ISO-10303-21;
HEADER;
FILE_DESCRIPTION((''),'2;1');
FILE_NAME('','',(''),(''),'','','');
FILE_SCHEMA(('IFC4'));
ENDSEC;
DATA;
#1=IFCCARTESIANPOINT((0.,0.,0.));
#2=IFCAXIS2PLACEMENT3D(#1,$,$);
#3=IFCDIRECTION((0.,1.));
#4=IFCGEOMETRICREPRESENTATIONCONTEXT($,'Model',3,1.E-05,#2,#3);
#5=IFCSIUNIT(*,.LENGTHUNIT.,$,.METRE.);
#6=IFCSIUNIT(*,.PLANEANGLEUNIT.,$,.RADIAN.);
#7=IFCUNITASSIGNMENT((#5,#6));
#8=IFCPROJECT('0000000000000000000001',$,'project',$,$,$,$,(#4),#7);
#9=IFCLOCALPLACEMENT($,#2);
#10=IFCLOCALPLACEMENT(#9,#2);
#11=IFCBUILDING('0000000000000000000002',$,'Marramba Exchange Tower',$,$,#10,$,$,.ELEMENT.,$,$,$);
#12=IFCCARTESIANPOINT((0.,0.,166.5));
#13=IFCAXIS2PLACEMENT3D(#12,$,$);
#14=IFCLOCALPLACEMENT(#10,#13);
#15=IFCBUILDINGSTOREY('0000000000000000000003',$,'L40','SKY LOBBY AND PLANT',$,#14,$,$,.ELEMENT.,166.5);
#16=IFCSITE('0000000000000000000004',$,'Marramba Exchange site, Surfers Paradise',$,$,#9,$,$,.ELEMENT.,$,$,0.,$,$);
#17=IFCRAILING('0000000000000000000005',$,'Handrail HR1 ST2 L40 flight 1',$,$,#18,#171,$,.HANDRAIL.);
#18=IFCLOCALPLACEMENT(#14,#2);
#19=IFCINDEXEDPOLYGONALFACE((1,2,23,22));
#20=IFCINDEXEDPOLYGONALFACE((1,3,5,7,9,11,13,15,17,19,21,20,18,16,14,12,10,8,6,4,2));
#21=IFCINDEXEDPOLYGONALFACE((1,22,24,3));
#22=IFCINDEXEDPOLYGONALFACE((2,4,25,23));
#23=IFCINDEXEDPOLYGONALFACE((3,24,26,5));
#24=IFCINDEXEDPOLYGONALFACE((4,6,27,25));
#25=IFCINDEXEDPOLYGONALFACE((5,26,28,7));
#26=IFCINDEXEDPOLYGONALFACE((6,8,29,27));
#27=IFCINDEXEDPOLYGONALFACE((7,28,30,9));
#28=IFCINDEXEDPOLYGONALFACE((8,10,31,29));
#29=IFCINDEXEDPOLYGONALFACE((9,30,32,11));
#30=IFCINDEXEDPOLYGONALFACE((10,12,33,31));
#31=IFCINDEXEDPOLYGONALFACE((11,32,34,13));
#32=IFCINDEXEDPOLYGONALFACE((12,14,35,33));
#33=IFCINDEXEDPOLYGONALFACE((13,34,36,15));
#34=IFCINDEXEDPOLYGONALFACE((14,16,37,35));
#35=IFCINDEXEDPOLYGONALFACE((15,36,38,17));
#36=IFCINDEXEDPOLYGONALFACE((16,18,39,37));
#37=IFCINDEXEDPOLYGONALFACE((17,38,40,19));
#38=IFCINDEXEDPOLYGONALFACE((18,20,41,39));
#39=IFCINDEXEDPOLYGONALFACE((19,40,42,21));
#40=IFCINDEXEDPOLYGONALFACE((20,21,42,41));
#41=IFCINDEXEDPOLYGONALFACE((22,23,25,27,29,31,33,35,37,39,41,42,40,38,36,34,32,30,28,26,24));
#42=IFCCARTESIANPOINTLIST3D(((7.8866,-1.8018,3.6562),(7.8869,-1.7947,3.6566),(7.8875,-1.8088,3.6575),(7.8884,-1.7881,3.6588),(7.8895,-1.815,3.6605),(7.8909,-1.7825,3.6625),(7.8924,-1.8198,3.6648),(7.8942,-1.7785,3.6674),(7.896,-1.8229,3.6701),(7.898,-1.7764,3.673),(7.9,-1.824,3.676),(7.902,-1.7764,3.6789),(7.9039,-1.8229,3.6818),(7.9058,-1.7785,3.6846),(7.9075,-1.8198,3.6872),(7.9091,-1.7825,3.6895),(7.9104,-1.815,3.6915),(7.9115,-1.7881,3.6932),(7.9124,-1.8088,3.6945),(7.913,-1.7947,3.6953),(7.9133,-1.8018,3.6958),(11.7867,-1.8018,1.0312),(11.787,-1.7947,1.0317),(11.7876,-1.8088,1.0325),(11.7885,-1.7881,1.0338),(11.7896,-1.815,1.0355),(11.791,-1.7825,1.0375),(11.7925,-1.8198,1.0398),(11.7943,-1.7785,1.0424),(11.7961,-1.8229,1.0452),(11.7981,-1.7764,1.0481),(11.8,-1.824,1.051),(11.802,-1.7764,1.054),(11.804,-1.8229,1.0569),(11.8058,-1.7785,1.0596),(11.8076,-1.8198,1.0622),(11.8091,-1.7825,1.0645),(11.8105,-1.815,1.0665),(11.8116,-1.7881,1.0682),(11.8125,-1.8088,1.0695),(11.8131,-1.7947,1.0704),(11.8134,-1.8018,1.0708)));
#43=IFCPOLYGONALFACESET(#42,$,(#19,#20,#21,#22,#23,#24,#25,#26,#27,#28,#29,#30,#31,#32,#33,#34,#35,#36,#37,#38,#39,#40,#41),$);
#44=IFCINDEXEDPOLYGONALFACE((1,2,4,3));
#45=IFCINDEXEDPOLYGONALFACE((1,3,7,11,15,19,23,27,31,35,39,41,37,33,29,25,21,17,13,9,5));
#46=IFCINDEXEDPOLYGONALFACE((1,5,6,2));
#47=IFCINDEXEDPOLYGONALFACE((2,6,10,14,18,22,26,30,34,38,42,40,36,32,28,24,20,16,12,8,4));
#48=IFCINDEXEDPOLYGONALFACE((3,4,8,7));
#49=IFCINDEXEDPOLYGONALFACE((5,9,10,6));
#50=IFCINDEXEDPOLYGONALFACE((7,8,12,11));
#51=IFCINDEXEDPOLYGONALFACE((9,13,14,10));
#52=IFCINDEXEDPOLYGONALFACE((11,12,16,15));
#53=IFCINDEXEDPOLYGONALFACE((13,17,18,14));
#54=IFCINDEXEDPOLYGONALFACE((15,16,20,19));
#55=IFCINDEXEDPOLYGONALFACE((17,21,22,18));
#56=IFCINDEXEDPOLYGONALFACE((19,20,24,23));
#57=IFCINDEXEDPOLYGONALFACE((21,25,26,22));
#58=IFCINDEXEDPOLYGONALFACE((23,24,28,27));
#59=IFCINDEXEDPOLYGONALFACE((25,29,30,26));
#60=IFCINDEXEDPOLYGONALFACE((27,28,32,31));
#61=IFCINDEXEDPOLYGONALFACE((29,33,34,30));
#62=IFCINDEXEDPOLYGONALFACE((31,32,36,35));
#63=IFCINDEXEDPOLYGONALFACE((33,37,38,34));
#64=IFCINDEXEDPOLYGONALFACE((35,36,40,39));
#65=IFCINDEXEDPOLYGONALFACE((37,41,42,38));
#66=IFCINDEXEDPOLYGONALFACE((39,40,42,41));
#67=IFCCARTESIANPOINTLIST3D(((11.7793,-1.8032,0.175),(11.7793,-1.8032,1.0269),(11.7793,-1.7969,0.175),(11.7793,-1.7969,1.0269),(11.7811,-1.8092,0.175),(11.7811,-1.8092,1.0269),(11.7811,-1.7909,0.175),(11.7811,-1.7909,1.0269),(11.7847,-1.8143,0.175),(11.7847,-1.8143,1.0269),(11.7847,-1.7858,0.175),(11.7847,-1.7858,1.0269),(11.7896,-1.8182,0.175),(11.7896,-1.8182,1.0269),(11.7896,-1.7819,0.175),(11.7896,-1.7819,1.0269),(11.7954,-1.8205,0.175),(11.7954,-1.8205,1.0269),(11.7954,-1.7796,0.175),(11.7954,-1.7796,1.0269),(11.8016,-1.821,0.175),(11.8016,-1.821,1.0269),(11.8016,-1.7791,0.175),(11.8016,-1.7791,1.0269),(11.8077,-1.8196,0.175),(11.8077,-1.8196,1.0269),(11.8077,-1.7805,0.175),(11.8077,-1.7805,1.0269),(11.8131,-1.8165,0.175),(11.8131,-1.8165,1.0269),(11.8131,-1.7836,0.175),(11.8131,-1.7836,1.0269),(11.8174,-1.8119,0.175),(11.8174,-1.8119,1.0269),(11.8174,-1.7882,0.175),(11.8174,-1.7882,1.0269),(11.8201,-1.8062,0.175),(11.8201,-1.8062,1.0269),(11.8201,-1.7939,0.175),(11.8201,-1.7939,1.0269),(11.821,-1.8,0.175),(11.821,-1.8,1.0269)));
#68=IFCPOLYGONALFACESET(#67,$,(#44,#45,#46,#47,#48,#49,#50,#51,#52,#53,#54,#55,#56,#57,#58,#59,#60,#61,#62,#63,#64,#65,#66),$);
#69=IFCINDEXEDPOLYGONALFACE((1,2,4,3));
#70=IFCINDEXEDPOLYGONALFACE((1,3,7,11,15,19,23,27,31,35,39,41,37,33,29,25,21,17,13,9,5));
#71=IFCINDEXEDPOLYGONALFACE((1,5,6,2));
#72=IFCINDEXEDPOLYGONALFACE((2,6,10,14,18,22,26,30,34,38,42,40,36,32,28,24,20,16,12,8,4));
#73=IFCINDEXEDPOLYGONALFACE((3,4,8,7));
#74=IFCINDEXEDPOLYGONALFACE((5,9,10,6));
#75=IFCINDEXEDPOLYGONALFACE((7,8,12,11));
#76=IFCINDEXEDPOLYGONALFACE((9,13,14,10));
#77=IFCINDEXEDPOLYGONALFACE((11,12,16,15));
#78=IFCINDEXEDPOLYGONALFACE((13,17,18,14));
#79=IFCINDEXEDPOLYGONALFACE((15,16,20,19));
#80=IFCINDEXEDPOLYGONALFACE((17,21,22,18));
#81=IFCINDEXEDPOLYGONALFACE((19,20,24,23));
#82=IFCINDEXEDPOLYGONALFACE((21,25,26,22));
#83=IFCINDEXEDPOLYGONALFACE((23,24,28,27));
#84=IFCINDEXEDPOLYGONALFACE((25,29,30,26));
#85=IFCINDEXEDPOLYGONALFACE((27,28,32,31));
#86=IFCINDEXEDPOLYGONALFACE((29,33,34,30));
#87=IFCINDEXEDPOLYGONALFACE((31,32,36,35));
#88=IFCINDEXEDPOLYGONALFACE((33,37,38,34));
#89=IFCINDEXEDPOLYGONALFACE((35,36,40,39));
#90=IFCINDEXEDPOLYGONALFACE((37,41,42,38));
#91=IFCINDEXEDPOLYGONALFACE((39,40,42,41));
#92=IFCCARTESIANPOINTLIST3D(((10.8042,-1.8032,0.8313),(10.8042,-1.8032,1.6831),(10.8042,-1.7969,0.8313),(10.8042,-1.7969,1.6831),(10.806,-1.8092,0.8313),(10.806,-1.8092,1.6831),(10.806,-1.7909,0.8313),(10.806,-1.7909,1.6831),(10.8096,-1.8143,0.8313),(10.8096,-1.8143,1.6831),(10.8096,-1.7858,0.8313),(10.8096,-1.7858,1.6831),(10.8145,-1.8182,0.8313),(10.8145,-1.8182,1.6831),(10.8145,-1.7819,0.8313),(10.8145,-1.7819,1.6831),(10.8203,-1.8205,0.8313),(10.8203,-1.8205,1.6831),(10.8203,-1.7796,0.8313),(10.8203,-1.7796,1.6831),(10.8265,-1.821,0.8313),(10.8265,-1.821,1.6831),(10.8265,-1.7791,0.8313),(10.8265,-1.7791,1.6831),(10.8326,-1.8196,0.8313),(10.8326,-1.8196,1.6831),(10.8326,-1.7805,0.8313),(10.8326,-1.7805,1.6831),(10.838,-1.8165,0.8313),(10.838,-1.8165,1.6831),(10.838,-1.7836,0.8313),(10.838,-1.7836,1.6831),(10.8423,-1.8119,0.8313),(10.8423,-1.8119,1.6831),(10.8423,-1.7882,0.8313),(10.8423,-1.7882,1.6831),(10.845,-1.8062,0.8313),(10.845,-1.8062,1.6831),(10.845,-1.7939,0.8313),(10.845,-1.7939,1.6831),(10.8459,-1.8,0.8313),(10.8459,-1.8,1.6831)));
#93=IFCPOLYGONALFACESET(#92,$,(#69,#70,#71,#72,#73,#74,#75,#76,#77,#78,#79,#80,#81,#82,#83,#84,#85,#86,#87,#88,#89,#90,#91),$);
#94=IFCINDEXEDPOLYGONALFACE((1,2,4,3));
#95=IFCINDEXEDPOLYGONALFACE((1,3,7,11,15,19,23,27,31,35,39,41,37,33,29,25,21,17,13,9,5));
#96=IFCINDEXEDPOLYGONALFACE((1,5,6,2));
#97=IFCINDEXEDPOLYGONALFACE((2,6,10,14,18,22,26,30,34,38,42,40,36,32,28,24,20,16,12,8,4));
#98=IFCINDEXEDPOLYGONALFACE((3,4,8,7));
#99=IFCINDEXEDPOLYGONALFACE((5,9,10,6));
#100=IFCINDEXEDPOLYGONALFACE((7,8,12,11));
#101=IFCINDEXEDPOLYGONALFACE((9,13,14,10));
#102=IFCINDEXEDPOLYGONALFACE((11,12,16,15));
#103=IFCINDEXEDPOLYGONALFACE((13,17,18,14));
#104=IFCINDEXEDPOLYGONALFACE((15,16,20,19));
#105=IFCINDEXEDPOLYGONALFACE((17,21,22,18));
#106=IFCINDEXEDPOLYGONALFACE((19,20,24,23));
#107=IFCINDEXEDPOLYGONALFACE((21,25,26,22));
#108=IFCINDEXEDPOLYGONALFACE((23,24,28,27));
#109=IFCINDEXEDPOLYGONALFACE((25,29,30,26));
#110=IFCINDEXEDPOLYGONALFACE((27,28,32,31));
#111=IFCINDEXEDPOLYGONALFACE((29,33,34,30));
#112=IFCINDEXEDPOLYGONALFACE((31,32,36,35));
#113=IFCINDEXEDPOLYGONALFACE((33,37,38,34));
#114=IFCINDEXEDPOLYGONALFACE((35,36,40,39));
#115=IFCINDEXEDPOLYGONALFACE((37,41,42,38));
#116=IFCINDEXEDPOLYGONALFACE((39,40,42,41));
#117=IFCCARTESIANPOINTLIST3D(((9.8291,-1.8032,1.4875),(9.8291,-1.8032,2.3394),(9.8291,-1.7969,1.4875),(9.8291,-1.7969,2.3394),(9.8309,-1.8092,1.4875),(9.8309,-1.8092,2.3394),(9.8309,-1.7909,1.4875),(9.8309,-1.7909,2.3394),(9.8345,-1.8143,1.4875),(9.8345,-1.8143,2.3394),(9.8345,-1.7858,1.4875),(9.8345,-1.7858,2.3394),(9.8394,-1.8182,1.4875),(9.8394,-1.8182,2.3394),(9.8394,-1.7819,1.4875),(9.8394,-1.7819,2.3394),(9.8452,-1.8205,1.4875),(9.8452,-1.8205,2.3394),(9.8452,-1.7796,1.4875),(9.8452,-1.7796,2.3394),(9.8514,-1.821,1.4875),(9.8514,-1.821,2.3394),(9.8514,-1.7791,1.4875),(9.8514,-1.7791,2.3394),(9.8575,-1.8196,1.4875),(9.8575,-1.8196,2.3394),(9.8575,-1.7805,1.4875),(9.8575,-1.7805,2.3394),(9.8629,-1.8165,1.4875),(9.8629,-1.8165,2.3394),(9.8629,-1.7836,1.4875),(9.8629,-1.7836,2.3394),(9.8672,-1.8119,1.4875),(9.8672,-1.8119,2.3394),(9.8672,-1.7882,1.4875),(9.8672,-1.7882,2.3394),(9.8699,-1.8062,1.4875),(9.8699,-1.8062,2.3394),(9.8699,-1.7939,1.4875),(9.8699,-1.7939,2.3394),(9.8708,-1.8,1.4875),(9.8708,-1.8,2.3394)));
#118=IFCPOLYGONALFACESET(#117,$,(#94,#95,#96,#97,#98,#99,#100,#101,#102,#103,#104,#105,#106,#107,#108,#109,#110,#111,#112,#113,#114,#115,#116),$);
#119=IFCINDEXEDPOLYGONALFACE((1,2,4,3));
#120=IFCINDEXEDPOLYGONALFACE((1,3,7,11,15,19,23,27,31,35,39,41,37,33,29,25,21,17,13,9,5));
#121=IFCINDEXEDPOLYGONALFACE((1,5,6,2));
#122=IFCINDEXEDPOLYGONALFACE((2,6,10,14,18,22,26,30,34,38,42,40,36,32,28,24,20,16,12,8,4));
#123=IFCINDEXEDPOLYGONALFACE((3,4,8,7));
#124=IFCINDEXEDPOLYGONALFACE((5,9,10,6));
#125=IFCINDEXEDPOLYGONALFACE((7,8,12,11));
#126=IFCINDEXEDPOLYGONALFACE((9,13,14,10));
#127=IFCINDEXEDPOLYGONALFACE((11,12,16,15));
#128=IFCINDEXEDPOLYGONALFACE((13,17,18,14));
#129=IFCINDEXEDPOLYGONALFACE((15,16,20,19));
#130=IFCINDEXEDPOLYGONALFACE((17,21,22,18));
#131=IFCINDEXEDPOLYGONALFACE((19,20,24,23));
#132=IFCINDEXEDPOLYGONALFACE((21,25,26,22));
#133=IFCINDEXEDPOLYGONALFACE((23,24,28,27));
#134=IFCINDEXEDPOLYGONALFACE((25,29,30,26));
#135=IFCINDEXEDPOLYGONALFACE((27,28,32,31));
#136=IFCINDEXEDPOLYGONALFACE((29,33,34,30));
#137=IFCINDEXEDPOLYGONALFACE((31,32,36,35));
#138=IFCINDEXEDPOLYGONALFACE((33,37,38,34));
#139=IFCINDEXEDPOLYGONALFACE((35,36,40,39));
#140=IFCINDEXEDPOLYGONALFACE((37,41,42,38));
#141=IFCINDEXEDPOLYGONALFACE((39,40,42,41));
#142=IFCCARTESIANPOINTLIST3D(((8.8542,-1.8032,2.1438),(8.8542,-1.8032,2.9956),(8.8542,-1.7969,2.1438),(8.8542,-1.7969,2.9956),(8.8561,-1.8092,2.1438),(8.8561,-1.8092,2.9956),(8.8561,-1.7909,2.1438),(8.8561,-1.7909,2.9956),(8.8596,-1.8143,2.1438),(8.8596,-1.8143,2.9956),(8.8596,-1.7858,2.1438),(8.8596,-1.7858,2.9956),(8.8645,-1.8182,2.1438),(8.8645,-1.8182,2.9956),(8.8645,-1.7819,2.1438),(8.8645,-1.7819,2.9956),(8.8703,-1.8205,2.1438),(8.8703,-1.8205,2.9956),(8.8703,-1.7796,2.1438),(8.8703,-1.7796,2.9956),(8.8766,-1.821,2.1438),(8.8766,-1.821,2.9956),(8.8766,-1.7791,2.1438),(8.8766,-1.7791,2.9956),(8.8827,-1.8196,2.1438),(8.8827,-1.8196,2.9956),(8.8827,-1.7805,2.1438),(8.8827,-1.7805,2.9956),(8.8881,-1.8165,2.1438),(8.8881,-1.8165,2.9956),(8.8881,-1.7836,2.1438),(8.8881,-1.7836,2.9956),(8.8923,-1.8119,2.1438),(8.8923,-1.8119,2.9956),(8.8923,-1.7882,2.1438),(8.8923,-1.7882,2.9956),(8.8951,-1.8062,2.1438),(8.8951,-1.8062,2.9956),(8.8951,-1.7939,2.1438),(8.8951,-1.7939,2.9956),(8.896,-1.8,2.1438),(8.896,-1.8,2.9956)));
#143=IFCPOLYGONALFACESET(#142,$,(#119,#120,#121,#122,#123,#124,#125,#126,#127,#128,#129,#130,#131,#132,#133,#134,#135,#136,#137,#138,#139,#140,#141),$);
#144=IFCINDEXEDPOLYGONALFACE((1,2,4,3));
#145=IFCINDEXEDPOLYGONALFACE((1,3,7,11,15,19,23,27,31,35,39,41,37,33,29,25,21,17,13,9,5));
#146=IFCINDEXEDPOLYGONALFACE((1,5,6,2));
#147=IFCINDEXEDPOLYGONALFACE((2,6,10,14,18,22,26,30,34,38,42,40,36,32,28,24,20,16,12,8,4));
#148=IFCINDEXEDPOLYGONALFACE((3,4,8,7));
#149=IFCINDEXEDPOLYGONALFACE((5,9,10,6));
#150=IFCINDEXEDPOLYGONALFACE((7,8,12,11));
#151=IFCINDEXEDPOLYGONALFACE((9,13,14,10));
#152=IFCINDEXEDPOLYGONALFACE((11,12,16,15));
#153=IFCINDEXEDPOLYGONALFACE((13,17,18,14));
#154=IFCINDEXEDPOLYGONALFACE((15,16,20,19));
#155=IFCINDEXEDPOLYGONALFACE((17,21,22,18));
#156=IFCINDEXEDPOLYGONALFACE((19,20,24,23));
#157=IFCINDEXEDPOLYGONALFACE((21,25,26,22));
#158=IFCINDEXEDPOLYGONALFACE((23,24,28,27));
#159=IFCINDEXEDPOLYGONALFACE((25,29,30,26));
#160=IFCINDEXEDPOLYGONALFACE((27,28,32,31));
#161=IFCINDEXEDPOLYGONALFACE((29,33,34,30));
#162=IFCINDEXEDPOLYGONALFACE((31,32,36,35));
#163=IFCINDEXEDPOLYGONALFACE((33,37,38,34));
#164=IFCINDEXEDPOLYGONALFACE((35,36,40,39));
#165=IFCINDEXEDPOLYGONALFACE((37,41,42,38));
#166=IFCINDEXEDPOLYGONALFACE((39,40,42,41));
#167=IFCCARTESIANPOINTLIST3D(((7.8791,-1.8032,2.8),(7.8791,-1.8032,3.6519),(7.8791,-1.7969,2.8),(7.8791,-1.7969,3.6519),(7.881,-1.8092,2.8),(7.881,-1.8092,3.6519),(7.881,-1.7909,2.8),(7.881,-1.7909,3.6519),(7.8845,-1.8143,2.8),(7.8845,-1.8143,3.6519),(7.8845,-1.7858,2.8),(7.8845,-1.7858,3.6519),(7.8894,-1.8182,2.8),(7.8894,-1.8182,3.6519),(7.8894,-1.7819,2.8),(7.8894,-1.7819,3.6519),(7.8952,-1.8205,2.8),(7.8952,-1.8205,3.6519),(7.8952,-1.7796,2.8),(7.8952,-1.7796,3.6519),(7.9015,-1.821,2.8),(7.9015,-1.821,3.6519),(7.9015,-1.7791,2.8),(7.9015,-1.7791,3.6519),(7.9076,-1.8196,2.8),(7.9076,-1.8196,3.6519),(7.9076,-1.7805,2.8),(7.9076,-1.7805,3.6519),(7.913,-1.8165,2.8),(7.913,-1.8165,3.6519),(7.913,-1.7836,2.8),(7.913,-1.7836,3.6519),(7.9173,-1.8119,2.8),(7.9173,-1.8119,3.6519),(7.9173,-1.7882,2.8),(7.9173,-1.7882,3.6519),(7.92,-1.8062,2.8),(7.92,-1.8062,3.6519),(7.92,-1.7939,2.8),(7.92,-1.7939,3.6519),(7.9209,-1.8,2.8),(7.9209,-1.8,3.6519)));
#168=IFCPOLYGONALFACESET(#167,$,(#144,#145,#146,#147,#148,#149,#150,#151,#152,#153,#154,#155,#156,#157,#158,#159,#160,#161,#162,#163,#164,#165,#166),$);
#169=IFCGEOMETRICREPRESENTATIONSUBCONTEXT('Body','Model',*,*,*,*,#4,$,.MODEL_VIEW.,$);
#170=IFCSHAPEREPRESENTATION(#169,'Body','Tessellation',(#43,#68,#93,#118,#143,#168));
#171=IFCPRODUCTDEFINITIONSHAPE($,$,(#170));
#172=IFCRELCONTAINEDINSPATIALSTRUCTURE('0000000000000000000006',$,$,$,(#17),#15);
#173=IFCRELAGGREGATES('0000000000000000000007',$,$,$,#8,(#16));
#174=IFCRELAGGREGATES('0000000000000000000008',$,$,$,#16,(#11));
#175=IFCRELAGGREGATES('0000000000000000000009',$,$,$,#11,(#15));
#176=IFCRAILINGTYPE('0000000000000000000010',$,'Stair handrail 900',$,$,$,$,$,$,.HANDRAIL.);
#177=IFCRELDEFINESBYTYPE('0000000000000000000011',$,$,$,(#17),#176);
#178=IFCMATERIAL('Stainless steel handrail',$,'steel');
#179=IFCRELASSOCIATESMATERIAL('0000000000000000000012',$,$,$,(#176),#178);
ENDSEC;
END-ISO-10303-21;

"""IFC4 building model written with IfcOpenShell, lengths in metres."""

from ifc_helpers import new_model, si_unit, direction, frame, origin, origin_2d, place, context, subcontext, project, spatial, circle, extrude, material, type_object, element, save


model = new_model("IFC4")

# Units and contexts
model_context = context("Model", 3, precision=1e-05, world=origin(), true_north=direction((0.0, 1.0)))
body_context = subcontext(model_context, "Body", "Model", "MODEL_VIEW")
ifc_project = project(units=[si_unit("LENGTHUNIT", "METRE"), si_unit("PLANEANGLEUNIT", "RADIAN")], contexts=[model_context])

# Site, building, storey
site_placement = place(None, origin())
site = spatial("IfcSite", under=ifc_project, at=site_placement, Name="Marramba Exchange site, Surfers Paradise", CompositionType="ELEMENT", RefElevation=0.0)
building_placement = place(site_placement, origin())
building = spatial("IfcBuilding", under=site, at=building_placement, Name="Marramba Exchange Tower", CompositionType="ELEMENT")
storey_placement = place(building_placement, frame((0.0, 0.0, 166.5)))
storey = spatial("IfcBuildingStorey", under=building, at=storey_placement, Name="L40", Description="SKY LOBBY AND PLANT", CompositionType="ELEMENT", Elevation=166.5)

# Railing
ifc_material_1 = material(Name="Stainless steel handrail", Category="steel")
railing_type = type_object("IfcRailingType", Name="Stair handrail 900", PredefinedType="HANDRAIL", material=ifc_material_1)
railing_placement = place(storey_placement, frame((11.8, -1.8, 0.175)))
element("IfcRailing", 1, at=railing_placement, inside=storey, type_object=railing_type, Name="Handrail HR1 ST2 L40 flight 1", PredefinedType="HANDRAIL", context=body_context, shape_type="SweptSolid", body=[
    extrude(circle(Radius=0.0239, at=origin_2d()), frame((0.0, 0.0, 0.876), z_axis=(-0.829597, 0.0, 0.558362), x_axis=(0.0, -1.0, 0.0)), (0.0, 0.0, 1.0), 4.7012),
    extrude(circle(Radius=0.021, at=origin_2d()), origin(), (0.0, 0.0, 1.0), 0.8518),
    extrude(circle(Radius=0.021, at=origin_2d()), frame((-0.9751, 0.0, 0.6562)), (0.0, 0.0, 1.0), 0.8518),
    extrude(circle(Radius=0.021, at=origin_2d()), frame((-1.9502, 0.0, 1.3125)), (0.0, 0.0, 1.0), 0.8518),
    extrude(circle(Radius=0.021, at=origin_2d()), frame((-2.925, 0.0, 1.9688)), (0.0, 0.0, 1.0), 0.8518),
    extrude(circle(Radius=0.021, at=origin_2d()), frame((-3.9001, 0.0, 2.625)), (0.0, 0.0, 1.0), 0.8518),
])

save(model, "model.ifc")
